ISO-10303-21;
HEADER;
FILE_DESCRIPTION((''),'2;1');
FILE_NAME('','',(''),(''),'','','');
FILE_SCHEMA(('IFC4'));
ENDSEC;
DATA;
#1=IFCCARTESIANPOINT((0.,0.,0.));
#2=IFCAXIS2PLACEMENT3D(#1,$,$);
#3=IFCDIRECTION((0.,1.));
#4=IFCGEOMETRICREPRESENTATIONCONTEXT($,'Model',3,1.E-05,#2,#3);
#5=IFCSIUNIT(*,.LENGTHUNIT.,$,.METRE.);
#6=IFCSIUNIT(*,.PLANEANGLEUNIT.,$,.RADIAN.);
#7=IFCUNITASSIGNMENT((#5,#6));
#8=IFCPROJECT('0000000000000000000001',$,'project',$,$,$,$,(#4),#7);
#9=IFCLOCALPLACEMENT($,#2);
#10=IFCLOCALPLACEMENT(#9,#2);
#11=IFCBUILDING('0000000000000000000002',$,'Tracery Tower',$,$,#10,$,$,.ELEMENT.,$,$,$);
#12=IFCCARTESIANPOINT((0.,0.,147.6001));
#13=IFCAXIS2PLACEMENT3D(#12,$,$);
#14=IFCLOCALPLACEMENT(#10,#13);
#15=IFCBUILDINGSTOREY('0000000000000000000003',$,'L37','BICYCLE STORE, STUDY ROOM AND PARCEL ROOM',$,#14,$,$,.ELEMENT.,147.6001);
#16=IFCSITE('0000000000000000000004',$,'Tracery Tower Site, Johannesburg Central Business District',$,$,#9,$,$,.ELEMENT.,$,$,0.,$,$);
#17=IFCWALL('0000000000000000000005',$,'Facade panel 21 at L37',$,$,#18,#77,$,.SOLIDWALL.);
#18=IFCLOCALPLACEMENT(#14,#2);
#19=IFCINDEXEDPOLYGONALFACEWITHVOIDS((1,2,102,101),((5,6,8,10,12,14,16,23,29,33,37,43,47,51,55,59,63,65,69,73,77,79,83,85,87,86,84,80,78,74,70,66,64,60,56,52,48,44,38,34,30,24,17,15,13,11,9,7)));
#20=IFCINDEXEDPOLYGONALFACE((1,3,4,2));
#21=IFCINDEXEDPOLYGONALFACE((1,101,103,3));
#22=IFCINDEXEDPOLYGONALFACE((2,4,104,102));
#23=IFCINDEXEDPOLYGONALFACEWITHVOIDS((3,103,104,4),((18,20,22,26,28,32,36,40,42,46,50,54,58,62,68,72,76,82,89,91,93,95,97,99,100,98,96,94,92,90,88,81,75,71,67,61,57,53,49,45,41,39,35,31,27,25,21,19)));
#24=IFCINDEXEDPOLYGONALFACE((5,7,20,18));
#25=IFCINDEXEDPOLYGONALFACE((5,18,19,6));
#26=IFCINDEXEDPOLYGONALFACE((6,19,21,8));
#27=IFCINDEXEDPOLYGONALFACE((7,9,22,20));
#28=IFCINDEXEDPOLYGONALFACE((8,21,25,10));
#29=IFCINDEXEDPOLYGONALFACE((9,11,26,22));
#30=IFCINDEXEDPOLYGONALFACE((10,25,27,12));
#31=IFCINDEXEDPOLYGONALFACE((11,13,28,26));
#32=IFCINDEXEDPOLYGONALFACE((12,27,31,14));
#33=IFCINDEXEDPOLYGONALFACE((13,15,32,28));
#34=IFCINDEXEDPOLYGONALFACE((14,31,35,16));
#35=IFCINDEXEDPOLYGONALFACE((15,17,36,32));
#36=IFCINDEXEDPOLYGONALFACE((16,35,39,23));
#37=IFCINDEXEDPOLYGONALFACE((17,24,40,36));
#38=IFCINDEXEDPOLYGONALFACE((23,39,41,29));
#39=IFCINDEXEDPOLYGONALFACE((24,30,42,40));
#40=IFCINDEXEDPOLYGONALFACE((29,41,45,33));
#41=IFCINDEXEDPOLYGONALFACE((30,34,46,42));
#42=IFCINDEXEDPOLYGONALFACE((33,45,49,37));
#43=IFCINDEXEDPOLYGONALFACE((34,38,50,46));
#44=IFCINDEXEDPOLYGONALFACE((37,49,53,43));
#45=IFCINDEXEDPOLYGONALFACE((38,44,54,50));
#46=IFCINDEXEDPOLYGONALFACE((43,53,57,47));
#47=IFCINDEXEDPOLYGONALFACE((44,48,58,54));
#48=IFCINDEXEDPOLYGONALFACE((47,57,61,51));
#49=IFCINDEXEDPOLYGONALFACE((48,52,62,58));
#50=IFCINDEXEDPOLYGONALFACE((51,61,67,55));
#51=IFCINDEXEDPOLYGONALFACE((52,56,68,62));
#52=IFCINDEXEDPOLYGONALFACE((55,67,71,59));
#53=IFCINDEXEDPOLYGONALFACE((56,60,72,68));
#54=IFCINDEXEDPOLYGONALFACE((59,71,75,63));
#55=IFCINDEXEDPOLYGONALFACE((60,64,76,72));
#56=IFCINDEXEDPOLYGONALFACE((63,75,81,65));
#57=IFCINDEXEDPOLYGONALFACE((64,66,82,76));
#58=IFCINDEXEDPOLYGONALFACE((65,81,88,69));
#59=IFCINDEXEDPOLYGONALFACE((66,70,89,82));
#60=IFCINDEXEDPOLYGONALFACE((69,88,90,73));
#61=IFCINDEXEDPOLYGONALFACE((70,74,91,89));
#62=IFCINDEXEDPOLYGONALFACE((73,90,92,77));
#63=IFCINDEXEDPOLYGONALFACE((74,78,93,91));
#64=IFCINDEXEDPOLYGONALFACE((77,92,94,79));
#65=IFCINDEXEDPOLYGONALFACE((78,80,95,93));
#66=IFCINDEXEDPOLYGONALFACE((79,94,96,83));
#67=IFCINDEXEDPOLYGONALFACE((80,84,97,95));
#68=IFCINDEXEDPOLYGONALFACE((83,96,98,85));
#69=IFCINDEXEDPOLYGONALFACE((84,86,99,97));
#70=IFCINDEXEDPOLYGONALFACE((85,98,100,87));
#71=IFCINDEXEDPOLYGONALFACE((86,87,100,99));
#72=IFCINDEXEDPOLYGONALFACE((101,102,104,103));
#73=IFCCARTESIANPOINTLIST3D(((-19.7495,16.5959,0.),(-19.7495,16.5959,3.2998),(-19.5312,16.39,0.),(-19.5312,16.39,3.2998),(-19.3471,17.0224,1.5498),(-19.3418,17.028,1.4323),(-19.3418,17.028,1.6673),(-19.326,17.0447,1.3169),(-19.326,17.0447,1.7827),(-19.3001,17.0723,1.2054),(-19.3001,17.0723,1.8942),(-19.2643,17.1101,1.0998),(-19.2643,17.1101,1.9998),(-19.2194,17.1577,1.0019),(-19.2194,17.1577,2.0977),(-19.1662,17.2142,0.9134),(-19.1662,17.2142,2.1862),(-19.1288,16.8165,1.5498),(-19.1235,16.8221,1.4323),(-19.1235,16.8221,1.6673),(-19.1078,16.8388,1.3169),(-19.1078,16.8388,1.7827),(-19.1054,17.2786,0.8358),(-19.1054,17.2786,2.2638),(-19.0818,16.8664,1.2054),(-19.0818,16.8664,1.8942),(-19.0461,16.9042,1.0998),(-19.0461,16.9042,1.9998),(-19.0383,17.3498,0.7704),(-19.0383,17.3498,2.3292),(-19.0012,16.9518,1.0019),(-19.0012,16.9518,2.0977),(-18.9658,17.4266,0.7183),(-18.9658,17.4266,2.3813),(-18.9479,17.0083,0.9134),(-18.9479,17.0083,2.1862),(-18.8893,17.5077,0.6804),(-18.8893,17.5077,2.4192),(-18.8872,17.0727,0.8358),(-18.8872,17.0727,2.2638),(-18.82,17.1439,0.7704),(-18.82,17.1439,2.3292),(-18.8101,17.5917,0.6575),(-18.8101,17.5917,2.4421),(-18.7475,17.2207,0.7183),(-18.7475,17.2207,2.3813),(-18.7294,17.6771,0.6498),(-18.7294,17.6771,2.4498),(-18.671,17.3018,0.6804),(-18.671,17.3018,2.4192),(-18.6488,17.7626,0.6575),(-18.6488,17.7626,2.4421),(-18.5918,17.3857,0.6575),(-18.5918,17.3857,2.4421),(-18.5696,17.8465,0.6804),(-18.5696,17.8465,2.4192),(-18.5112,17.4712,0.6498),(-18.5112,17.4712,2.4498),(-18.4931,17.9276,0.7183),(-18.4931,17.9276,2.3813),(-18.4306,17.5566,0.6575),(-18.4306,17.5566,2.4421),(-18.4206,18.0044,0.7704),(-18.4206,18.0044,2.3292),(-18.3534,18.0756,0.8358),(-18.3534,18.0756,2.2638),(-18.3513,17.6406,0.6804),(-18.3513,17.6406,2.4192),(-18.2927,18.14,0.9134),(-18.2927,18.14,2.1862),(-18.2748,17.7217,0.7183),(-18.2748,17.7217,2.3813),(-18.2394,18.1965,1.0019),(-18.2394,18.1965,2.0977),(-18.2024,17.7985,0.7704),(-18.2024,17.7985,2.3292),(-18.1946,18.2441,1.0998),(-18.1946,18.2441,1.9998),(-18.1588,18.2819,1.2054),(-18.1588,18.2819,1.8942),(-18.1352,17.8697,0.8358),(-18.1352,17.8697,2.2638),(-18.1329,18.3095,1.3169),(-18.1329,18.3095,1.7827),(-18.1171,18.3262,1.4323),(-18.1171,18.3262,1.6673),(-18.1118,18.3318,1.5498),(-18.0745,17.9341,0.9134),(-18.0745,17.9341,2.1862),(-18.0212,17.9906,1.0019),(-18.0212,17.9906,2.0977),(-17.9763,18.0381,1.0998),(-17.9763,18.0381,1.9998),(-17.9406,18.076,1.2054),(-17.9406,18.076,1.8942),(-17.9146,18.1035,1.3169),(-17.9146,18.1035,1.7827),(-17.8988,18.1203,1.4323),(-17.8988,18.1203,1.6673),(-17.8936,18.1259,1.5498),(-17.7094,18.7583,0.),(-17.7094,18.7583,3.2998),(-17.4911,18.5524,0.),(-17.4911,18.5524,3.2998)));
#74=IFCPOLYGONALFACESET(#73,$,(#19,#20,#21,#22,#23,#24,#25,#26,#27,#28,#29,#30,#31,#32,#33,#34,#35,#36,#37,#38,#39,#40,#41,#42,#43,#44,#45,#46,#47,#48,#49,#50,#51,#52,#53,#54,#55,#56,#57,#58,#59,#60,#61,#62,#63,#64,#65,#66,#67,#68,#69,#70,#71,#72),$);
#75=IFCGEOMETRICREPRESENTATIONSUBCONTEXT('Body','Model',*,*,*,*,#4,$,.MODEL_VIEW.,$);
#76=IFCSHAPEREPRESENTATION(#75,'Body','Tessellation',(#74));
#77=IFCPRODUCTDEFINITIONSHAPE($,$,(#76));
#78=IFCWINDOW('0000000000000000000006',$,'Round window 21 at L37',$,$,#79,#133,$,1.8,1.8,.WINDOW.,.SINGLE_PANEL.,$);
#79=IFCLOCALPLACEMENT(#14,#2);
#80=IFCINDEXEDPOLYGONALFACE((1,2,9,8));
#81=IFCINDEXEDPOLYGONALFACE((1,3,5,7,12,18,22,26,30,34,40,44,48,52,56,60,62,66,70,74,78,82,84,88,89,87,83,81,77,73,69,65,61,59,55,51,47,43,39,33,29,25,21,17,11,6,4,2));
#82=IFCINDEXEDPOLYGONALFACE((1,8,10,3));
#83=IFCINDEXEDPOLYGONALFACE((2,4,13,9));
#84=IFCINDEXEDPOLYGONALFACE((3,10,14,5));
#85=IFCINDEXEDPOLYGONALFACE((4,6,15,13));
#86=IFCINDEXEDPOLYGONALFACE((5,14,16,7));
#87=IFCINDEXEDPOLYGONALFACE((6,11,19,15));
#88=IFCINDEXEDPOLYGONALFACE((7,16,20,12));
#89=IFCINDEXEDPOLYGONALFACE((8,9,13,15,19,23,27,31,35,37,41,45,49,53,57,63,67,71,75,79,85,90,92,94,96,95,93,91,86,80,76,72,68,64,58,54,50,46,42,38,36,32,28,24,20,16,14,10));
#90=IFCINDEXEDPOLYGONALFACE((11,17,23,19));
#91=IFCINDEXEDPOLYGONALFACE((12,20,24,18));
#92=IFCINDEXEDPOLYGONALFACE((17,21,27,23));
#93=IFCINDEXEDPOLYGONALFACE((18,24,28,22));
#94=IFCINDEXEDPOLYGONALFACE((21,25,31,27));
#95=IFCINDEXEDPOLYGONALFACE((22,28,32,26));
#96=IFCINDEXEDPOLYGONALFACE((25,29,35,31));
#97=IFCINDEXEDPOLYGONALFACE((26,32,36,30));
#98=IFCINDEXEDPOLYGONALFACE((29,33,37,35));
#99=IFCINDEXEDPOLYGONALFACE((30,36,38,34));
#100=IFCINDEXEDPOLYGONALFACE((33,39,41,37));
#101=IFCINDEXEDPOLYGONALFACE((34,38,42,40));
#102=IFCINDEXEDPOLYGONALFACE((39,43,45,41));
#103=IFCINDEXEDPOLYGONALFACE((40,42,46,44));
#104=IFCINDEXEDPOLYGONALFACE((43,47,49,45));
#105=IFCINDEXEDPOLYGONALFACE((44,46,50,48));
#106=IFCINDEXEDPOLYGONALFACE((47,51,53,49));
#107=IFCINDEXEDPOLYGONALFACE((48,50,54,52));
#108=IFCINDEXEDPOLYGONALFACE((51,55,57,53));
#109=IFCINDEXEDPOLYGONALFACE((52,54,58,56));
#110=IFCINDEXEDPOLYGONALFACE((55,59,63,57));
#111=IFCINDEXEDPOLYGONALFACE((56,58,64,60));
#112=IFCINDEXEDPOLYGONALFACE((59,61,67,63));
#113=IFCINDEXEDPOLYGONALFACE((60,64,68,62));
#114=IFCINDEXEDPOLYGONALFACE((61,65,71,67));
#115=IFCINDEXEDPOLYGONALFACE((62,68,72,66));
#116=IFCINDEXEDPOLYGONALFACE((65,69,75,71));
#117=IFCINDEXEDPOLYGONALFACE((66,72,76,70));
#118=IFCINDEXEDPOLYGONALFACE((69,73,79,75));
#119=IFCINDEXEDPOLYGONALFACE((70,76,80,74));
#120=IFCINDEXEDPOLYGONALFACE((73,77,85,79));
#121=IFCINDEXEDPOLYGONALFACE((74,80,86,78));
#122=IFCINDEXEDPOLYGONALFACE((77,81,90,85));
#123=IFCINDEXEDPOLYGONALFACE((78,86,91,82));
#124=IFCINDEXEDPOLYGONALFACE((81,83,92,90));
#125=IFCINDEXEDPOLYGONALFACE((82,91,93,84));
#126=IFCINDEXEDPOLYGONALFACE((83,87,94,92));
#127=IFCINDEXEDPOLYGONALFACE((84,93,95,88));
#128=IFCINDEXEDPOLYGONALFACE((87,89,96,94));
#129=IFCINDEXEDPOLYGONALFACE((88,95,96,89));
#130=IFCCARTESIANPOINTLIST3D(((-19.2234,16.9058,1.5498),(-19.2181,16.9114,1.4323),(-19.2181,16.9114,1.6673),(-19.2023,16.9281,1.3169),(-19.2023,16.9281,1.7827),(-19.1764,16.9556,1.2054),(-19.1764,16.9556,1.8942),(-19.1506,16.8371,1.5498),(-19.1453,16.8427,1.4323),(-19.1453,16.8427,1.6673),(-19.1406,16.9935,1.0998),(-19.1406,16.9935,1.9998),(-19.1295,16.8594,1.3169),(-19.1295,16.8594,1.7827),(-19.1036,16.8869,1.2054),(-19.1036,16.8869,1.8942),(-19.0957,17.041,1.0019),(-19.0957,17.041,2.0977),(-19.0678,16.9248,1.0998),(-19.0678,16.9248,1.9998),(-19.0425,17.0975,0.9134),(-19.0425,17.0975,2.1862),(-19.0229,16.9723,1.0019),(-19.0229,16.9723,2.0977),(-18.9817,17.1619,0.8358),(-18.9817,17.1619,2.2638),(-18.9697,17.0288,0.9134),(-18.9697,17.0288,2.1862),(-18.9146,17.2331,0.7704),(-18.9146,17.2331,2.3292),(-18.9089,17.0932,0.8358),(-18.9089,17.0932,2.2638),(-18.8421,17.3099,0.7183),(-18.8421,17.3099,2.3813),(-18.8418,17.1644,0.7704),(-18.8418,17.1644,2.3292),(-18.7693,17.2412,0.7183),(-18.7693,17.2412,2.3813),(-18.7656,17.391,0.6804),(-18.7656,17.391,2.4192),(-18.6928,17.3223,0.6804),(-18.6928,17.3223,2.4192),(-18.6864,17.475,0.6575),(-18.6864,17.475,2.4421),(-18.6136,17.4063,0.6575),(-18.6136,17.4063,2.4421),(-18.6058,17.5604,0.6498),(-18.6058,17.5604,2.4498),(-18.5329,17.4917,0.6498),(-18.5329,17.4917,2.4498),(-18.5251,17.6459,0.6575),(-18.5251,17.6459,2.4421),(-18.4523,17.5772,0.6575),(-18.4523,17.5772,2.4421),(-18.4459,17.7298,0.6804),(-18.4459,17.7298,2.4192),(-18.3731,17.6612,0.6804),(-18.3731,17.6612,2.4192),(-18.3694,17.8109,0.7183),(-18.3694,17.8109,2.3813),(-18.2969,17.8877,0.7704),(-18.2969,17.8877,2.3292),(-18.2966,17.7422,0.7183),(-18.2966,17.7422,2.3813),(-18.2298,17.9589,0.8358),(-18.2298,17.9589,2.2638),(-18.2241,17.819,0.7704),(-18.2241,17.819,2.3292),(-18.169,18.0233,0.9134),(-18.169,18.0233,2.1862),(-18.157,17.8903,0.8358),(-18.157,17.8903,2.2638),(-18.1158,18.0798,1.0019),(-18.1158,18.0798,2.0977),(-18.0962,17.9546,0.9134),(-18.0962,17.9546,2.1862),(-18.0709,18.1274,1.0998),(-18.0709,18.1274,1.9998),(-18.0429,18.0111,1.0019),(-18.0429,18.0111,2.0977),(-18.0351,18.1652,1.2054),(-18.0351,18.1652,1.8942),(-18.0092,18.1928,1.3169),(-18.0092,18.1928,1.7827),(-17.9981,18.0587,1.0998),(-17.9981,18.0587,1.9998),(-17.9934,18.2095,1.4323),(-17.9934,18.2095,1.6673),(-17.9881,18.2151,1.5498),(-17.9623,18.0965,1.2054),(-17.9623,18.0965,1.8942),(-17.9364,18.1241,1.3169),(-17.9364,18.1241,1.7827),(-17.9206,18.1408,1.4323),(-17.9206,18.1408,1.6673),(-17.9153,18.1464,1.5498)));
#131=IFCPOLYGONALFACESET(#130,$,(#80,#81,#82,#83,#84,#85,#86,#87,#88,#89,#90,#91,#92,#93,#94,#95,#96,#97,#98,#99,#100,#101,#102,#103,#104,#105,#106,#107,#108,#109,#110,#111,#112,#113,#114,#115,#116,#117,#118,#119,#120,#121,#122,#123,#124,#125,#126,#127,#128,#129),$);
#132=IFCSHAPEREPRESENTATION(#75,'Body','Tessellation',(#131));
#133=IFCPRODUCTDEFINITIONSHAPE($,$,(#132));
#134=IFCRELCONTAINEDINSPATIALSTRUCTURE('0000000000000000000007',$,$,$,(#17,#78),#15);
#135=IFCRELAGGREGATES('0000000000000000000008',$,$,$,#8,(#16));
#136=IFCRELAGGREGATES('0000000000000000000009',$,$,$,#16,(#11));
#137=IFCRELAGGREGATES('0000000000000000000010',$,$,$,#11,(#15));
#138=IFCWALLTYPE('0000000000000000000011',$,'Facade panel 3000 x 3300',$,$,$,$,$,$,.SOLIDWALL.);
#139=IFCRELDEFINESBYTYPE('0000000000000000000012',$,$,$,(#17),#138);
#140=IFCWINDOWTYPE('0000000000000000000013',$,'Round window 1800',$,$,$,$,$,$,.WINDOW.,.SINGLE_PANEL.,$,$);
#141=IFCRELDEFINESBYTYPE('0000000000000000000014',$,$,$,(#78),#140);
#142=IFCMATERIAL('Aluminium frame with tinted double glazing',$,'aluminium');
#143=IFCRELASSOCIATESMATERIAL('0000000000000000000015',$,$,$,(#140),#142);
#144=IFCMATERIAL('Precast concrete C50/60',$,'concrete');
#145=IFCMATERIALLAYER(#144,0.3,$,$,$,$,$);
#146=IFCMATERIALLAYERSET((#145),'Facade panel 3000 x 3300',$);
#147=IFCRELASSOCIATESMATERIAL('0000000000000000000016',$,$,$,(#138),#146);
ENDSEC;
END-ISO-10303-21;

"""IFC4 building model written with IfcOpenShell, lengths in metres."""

from ifc_helpers import new_model, si_unit, direction, frame, frame_2d, origin, origin_2d, place, context, subcontext, project, spatial, rectangle, circle, extrude, material, layer, layer_set, type_object, element, fill, save


model = new_model("IFC4")

# Units and contexts
model_context = context("Model", 3, precision=1e-05, world=origin(), true_north=direction((0.0, 1.0)))
body_context = subcontext(model_context, "Body", "Model", "MODEL_VIEW")
ifc_project = project(units=[si_unit("LENGTHUNIT", "METRE"), si_unit("PLANEANGLEUNIT", "RADIAN")], contexts=[model_context])

# Site, building, storey
site_placement = place(None, origin())
site = spatial("IfcSite", under=ifc_project, at=site_placement, Name="Tracery Tower Site, Johannesburg Central Business District", CompositionType="ELEMENT", RefElevation=0.0)
building_placement = place(site_placement, origin())
building = spatial("IfcBuilding", under=site, at=building_placement, Name="Tracery Tower", CompositionType="ELEMENT")
storey_placement = place(building_placement, frame((0.0, 0.0, 147.6001)))
storey = spatial("IfcBuildingStorey", under=building, at=storey_placement, Name="L37", Description="BICYCLE STORE, STUDY ROOM AND PARCEL ROOM", CompositionType="ELEMENT", Elevation=147.6001)

# Wall, opening, window
ifc_material_1 = material(Name="Aluminium frame with tinted double glazing", Category="aluminium")
window_type = type_object("IfcWindowType", Name="Round window 1800", PartitioningType="SINGLE_PANEL", PredefinedType="WINDOW", material=ifc_material_1)
ifc_material_2 = material(Name="Precast concrete C50/60", Category="concrete")
ifc_layer_1 = layer(ifc_material_2, 0.3)
ifc_layer_set_1 = layer_set([ifc_layer_1], Name="Facade panel 3000 x 3300")
wall_type_1 = type_object("IfcWallType", Name="Facade panel 3000 x 3300", PredefinedType="SOLIDWALL", material=ifc_layer_set_1)
wall_1_placement = place(storey_placement, frame((-17.6003, 18.6553, 0.0), z_axis=(0.0, 0.0, 1.0), x_axis=(-0.686235, -0.72738, 0.0)))
wall_1 = element("IfcWall", 1, at=wall_1_placement, inside=storey, type_object=wall_type_1, Name="Facade panel 21 at L37", PredefinedType="SOLIDWALL", context=body_context, shape_type="SweptSolid", body=[
    extrude(rectangle(XDim=2.9729, YDim=0.3, at=frame_2d((1.4863, 0.0))), origin(), (0.0, 0.0, 1.0), 3.2998),
])
opening_1_placement = place(wall_1_placement, frame((1.4863, 0.0, 1.5498)))
opening_1 = element("IfcOpeningElement", 2, at=opening_1_placement, cuts=wall_1, PredefinedType="OPENING", context=body_context, shape_type="SweptSolid", body=[
    extrude(circle(Radius=0.9, at=origin_2d()), frame((0.0, 0.1599, 0.0), z_axis=(0.0, -1.0, 0.0), x_axis=(1.0, 0.0, 0.0)), (0.0, 0.0, 1.0), 0.3201),
])
window_1_placement = place(opening_1_placement, origin())
window_1 = element("IfcWindow", 3, at=window_1_placement, inside=storey, type_object=window_type, Name="Round window 21 at L37", OverallHeight=1.8, OverallWidth=1.8, PartitioningType="SINGLE_PANEL", PredefinedType="WINDOW", context=body_context, shape_type="SweptSolid", body=[
    extrude(circle(Radius=0.9, at=origin_2d()), frame((0.0, 0.1201, 0.0), z_axis=(0.0, -1.0, 0.0), x_axis=(1.0, 0.0, 0.0)), (0.0, 0.0, 1.0), 0.1001),
])
fill(opening_1, window_1)

save(model, "model.ifc")
